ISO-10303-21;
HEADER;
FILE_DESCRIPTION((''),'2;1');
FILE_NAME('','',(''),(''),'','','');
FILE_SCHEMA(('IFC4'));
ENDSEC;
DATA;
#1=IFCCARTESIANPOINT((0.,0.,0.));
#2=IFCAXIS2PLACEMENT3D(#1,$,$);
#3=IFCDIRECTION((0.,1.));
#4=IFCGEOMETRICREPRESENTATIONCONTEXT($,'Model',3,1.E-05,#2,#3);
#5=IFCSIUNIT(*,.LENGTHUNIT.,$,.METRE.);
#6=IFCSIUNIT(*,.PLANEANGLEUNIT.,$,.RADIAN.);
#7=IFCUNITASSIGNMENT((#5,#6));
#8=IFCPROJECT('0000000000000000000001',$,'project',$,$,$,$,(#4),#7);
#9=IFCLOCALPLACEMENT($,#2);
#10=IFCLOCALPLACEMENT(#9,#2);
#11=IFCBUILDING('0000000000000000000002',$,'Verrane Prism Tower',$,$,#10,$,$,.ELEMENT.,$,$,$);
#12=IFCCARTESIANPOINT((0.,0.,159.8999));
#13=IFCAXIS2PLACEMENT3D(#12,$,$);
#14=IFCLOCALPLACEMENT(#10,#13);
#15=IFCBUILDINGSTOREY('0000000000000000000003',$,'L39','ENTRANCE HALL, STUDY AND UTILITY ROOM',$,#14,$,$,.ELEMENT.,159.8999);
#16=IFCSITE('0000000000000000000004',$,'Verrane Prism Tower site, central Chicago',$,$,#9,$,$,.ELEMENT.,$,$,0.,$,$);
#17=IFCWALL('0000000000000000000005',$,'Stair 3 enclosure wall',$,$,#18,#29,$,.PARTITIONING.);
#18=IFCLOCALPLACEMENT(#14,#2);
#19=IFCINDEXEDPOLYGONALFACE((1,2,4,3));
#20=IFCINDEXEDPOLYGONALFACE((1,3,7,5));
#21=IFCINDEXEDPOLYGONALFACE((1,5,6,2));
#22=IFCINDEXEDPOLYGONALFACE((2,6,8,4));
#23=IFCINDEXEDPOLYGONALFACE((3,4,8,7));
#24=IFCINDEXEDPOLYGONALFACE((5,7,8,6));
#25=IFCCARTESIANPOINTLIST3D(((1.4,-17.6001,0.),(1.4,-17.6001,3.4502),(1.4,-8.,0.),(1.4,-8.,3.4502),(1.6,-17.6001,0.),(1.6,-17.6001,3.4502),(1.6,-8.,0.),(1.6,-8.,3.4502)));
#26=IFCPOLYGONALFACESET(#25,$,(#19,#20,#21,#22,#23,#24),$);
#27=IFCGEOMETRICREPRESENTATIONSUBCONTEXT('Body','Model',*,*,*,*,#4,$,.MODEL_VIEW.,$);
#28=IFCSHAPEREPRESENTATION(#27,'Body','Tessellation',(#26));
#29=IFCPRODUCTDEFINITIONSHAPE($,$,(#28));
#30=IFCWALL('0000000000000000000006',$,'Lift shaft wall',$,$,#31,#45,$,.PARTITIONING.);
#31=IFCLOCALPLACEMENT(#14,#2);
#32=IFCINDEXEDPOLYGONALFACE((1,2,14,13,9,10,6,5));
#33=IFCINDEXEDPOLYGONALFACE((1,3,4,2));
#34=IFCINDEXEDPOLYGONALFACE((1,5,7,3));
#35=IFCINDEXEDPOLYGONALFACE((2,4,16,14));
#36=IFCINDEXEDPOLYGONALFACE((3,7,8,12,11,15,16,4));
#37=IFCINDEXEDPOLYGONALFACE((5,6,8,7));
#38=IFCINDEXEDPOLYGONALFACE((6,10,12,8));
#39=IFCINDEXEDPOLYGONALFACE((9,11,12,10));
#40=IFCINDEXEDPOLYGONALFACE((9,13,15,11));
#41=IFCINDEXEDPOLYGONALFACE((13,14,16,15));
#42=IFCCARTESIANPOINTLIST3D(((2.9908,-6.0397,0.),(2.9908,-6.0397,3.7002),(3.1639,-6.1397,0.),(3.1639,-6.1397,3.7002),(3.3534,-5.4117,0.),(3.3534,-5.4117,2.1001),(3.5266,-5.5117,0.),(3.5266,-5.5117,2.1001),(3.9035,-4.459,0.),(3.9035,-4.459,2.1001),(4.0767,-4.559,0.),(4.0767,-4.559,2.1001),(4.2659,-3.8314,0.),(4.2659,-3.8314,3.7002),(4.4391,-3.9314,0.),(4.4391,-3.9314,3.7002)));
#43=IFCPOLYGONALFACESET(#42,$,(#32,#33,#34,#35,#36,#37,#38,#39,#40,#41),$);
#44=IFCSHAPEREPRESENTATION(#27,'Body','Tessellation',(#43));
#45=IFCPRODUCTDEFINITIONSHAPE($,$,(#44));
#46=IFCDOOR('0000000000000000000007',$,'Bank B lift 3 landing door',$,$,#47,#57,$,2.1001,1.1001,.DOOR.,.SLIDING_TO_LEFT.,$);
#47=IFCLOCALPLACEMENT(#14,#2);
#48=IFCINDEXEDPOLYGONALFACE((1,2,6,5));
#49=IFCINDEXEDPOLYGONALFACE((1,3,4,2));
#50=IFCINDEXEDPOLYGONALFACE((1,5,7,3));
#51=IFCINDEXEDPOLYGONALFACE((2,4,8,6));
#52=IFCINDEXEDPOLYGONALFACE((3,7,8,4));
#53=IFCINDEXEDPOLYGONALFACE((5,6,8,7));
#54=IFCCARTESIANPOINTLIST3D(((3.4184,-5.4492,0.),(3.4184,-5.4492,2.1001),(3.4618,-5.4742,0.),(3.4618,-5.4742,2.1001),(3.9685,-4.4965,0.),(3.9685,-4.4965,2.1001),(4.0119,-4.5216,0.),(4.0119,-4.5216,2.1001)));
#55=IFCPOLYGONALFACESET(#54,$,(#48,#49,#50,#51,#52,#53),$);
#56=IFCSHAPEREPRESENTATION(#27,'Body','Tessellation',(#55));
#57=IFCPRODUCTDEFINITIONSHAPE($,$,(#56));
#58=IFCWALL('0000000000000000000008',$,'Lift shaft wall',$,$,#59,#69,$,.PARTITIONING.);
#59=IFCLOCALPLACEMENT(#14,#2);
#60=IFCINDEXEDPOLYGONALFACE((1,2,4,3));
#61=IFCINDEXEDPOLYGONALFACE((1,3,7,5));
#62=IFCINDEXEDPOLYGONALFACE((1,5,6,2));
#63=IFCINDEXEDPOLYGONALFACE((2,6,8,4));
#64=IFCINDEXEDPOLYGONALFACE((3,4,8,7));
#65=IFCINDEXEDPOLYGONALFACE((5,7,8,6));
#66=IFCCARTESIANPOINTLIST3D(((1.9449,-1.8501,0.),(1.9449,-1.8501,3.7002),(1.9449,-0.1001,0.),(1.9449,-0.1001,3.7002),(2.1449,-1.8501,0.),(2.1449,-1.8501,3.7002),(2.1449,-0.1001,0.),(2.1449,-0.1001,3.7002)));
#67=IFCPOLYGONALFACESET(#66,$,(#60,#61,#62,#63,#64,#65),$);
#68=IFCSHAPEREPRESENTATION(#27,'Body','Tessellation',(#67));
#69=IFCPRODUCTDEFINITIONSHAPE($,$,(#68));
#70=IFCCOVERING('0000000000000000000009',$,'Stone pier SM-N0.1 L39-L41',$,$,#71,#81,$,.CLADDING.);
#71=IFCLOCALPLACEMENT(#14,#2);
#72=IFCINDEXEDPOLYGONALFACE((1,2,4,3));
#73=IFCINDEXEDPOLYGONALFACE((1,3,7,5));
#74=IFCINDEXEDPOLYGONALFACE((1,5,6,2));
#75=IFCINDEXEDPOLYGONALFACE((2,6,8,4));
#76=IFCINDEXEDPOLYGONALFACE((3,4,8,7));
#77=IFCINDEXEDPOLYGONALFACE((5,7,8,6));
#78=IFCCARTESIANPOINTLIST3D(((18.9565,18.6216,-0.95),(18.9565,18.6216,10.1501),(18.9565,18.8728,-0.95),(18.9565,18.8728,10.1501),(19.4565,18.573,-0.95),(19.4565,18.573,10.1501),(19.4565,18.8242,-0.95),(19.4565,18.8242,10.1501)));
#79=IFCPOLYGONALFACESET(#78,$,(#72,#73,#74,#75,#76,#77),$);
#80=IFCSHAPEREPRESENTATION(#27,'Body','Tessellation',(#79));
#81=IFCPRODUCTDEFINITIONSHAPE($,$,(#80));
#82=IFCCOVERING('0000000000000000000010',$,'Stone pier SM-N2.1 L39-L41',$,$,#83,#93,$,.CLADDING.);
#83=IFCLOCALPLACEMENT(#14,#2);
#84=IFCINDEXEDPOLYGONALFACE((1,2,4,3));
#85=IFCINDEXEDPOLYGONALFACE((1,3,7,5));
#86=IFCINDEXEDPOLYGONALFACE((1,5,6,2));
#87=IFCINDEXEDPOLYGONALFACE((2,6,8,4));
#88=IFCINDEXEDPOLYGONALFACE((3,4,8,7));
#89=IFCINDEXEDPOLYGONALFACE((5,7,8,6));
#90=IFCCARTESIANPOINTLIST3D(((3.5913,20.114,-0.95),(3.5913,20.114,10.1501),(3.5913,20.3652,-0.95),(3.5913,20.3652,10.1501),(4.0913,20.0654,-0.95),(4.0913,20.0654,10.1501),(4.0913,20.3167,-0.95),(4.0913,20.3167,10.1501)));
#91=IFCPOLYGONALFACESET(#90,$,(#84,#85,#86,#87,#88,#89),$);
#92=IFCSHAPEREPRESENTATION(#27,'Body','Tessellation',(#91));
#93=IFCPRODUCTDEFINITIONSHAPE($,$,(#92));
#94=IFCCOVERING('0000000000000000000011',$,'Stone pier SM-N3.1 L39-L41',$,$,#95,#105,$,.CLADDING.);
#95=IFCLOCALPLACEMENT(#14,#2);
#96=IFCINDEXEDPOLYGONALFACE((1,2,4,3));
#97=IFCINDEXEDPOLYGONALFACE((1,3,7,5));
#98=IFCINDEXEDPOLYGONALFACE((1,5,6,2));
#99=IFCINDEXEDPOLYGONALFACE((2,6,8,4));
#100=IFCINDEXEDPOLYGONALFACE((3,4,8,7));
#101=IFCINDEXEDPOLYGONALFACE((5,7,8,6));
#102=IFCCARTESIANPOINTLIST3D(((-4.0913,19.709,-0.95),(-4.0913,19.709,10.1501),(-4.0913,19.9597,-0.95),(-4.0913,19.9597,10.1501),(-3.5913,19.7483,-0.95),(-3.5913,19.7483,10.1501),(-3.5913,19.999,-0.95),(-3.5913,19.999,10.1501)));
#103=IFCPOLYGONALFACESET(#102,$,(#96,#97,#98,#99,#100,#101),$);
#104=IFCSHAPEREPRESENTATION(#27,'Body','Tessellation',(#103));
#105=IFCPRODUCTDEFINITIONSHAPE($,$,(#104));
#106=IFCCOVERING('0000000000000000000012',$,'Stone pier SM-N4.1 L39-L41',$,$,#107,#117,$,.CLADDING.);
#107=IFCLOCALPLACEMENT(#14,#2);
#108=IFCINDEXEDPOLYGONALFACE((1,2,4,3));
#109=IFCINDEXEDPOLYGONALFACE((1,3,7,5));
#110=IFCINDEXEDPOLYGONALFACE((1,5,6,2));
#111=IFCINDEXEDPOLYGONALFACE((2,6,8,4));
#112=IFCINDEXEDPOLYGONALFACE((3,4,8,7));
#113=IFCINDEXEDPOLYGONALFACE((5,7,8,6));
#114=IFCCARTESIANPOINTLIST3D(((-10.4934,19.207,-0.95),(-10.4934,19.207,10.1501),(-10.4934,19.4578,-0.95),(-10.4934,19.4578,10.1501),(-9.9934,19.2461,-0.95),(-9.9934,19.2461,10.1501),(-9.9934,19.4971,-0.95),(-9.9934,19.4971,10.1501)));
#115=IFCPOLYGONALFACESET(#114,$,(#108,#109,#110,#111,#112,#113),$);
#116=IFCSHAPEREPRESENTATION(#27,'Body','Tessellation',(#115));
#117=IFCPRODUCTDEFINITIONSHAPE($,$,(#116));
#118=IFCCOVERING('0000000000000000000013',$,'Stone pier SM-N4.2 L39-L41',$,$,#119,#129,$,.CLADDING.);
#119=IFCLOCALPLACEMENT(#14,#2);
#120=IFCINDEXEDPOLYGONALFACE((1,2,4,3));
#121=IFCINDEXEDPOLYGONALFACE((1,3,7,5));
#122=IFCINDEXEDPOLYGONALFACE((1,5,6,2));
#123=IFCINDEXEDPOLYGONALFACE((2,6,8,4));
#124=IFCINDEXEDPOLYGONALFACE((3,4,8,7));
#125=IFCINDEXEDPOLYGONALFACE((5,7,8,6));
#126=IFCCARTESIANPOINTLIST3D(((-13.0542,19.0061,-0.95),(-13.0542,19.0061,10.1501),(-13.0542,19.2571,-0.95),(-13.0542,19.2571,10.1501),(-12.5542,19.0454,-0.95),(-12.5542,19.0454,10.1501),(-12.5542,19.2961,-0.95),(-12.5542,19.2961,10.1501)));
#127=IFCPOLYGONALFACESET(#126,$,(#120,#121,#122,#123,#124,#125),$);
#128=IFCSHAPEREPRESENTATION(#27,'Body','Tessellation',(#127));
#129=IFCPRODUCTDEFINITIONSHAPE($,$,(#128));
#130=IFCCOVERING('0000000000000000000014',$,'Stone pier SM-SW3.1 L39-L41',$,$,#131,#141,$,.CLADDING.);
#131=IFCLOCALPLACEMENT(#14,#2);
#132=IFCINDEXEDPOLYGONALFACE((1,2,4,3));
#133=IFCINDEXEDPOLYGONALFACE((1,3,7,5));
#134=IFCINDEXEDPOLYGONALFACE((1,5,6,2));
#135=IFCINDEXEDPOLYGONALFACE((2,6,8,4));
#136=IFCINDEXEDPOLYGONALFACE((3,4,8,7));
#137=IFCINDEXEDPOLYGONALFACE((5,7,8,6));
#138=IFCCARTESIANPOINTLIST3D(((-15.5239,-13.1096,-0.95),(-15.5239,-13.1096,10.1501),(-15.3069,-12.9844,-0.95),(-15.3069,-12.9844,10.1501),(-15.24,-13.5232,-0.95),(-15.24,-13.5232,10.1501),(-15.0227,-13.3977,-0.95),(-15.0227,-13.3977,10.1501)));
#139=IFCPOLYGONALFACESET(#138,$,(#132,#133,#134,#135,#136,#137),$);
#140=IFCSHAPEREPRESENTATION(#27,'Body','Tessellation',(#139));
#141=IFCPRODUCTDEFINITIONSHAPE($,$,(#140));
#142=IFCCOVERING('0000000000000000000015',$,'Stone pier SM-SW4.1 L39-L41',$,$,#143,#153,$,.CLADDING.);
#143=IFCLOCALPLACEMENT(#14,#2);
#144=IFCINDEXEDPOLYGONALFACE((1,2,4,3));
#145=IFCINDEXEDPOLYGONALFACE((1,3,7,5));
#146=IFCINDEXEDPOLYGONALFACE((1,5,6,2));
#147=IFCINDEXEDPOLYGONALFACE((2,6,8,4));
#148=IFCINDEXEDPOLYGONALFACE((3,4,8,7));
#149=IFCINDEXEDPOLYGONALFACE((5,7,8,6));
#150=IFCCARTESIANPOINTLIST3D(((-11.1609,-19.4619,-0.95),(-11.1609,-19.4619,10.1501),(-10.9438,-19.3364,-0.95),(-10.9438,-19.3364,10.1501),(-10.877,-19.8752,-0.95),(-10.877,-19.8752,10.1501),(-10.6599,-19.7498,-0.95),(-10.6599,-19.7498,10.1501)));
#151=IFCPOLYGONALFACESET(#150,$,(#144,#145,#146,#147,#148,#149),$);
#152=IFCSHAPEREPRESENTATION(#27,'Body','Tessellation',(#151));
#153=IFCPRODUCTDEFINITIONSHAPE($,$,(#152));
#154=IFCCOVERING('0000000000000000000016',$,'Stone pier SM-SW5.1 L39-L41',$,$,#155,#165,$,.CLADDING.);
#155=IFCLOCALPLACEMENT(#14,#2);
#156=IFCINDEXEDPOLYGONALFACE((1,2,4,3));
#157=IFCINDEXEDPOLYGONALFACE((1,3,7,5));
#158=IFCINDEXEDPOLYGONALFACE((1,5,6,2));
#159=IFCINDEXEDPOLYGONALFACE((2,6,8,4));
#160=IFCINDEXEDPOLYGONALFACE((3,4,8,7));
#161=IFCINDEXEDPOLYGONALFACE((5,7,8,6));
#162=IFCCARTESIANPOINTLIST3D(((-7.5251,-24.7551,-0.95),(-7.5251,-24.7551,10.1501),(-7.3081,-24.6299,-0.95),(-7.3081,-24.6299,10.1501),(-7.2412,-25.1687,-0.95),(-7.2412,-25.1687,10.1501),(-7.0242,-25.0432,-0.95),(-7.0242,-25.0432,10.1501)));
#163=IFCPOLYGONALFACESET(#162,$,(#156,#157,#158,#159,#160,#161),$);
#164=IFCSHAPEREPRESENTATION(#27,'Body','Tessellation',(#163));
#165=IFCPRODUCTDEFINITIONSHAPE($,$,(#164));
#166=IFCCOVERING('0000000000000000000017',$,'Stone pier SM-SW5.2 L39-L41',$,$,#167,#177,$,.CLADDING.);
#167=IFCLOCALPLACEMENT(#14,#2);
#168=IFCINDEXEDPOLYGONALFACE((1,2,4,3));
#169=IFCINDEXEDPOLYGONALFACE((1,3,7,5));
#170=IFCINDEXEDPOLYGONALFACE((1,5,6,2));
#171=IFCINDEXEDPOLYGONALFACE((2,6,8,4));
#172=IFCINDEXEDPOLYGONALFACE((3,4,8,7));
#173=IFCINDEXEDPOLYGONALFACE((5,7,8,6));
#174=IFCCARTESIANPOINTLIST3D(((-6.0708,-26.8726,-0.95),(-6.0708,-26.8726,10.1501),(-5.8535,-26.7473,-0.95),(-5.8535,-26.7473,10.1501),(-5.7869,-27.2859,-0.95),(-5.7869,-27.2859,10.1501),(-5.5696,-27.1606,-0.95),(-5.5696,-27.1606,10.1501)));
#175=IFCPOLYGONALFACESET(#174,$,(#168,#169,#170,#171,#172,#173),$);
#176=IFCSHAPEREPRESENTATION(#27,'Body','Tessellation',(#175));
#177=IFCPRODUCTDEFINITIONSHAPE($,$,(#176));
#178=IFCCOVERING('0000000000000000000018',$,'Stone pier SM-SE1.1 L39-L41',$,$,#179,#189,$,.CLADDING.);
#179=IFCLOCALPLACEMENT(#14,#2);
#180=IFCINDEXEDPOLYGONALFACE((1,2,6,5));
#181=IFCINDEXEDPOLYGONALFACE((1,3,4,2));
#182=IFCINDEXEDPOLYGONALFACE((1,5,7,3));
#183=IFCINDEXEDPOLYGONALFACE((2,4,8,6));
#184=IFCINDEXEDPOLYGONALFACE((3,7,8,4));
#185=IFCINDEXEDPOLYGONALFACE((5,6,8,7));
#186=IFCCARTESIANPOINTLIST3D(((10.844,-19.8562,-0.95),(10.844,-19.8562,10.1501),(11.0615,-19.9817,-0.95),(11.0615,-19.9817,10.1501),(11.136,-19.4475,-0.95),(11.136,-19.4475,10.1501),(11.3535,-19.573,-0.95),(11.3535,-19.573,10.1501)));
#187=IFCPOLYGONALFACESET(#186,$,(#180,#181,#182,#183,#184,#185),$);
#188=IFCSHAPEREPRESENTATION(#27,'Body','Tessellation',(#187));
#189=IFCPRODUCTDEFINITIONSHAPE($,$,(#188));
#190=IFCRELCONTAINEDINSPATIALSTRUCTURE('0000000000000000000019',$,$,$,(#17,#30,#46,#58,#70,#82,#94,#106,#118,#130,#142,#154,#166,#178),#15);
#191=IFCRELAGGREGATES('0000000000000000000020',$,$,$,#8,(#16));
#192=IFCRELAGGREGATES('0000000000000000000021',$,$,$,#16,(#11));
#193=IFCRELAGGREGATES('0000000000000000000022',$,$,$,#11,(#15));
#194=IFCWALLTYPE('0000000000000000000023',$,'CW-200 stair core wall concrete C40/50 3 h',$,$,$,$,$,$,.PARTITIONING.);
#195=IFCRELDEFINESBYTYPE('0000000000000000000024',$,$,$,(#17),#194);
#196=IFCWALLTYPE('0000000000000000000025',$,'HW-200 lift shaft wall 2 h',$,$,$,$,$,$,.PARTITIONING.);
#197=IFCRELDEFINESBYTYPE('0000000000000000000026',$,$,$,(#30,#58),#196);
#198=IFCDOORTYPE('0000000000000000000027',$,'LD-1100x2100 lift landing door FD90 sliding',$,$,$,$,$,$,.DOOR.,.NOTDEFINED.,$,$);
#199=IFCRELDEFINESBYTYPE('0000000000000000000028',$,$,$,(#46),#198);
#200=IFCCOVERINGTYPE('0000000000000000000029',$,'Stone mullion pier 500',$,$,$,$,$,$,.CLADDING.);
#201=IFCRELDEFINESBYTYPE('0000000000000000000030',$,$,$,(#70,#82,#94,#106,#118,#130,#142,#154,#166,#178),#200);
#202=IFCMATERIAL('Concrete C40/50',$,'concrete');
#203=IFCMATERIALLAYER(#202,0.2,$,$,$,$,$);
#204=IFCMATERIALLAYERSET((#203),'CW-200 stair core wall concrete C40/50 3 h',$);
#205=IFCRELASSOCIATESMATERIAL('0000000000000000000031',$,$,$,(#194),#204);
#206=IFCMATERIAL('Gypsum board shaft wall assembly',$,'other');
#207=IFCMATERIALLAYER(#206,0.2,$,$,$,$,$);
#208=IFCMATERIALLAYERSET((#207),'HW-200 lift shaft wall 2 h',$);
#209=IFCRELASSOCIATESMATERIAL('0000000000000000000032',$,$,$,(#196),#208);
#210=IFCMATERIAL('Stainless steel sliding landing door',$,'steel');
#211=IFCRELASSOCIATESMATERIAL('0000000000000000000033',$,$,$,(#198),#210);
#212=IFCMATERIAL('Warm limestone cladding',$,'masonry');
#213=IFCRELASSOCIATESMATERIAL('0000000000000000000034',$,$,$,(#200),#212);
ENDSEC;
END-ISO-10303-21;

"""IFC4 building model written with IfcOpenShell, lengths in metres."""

from ifc_helpers import new_model, si_unit, direction, frame, frame_2d, origin, place, context, subcontext, project, spatial, polyline, rectangle, outline, extrude, material, layer, layer_set, type_object, element, fill, save


model = new_model("IFC4")

# Units and contexts
model_context = context("Model", 3, precision=1e-05, world=origin(), true_north=direction((0.0, 1.0)))
body_context = subcontext(model_context, "Body", "Model", "MODEL_VIEW")
ifc_project = project(units=[si_unit("LENGTHUNIT", "METRE"), si_unit("PLANEANGLEUNIT", "RADIAN")], contexts=[model_context])

# Site, building, storey
site_placement = place(None, origin())
site = spatial("IfcSite", under=ifc_project, at=site_placement, Name="Verrane Prism Tower site, central Chicago", CompositionType="ELEMENT", RefElevation=0.0)
building_placement = place(site_placement, origin())
building = spatial("IfcBuilding", under=site, at=building_placement, Name="Verrane Prism Tower", CompositionType="ELEMENT")
storey_placement = place(building_placement, frame((0.0, 0.0, 159.8999)))
storey = spatial("IfcBuildingStorey", under=building, at=storey_placement, Name="L39", Description="ENTRANCE HALL, STUDY AND UTILITY ROOM", CompositionType="ELEMENT", Elevation=159.8999)

# Wall
ifc_material_1 = material(Name="Concrete C40/50", Category="concrete")
ifc_layer_1 = layer(ifc_material_1, 0.2)
ifc_layer_set_1 = layer_set([ifc_layer_1], Name="CW-200 stair core wall concrete C40/50 3 h")
wall_type_1 = type_object("IfcWallType", Name="CW-200 stair core wall concrete C40/50 3 h", PredefinedType="PARTITIONING", material=ifc_layer_set_1)
wall_1_placement = place(storey_placement, frame((1.5, -8.0, 0.0), z_axis=(0.0, 0.0, 1.0), x_axis=(0.0, -1.0, 0.0)))
element("IfcWall", 1, at=wall_1_placement, inside=storey, type_object=wall_type_1, Name="Stair 3 enclosure wall", PredefinedType="PARTITIONING", context=body_context, shape_type="SweptSolid", body=[
    extrude(rectangle(XDim=9.6001, YDim=0.2, at=frame_2d((4.8, 0.0))), origin(), (0.0, 0.0, 1.0), 3.4502),
])

# Wall, opening, door
ifc_material_2 = material(Name="Gypsum board shaft wall assembly", Category="other")
ifc_layer_2 = layer(ifc_material_2, 0.2)
ifc_layer_set_2 = layer_set([ifc_layer_2], Name="HW-200 lift shaft wall 2 h")
wall_type_2 = type_object("IfcWallType", Name="HW-200 lift shaft wall 2 h", PredefinedType="PARTITIONING", material=ifc_layer_set_2)
wall_2_placement = place(storey_placement, frame((3.0774, -6.0896, 0.0), z_axis=(0.0, 0.0, 1.0), x_axis=(0.500062, 0.865989, 0.0)))
wall_2 = element("IfcWall", 2, at=wall_2_placement, inside=storey, type_object=wall_type_2, Name="Lift shaft wall", PredefinedType="PARTITIONING", context=body_context, shape_type="SweptSolid", body=[
    extrude(rectangle(XDim=2.55, YDim=0.2, at=frame_2d((1.2749, 0.0))), origin(), (0.0, 0.0, 1.0), 3.7002),
])
opening_placement = place(wall_2_placement, frame((0.7251, 0.0, 0.0)))
opening = element("IfcOpeningElement", 3, at=opening_placement, cuts=wall_2, PredefinedType="OPENING", context=body_context, shape_type="SweptSolid", body=[
    extrude(rectangle(XDim=1.1001, YDim=2.1001, at=frame_2d((0.55, 1.05))), frame((0.0, 0.1099, 0.0), z_axis=(0.0, -1.0, 0.0), x_axis=(1.0, 0.0, 0.0)), (0.0, 0.0, 1.0), 0.22),
])
ifc_material_3 = material(Name="Stainless steel sliding landing door", Category="steel")
door_type = type_object("IfcDoorType", Name="LD-1100x2100 lift landing door FD90 sliding", OperationType="NOTDEFINED", PredefinedType="DOOR", material=ifc_material_3)
door_placement = place(opening_placement, origin())
door = element("IfcDoor", 4, at=door_placement, inside=storey, type_object=door_type, Name="Bank B lift 3 landing door", OperationType="SLIDING_TO_LEFT", OverallHeight=2.1001, OverallWidth=1.1001, PredefinedType="DOOR", context=body_context, shape_type="SweptSolid", body=[
    extrude(rectangle(XDim=1.1001, YDim=2.1001, at=frame_2d((0.55, 1.05))), frame((0.0, 0.0249, 0.0), z_axis=(0.0, -1.0, 0.0), x_axis=(1.0, 0.0, 0.0)), (0.0, 0.0, 1.0), 0.05),
])
fill(opening, door)

# Wall
wall_3_placement = place(storey_placement, frame((2.0449, -1.8501, 0.0), z_axis=(0.0, 0.0, 1.0), x_axis=(0.0, 1.0, 0.0)))
element("IfcWall", 5, at=wall_3_placement, inside=storey, type_object=wall_type_2, Name="Lift shaft wall", PredefinedType="PARTITIONING", context=body_context, shape_type="SweptSolid", body=[
    extrude(rectangle(XDim=1.75, YDim=0.2, at=frame_2d((0.875, 0.0))), origin(), (0.0, 0.0, 1.0), 3.7002),
])

# Coverings
ifc_material_4 = material(Name="Warm limestone cladding", Category="masonry")
covering_type_1 = type_object("IfcCoveringType", Name="Stone mullion pier 500", PredefinedType="CLADDING", material=ifc_material_4)
covering_1_placement = place(storey_placement, frame((0.0, 0.0, -0.95)))
element("IfcCovering", 6, at=covering_1_placement, inside=storey, type_object=covering_type_1, Name="Stone pier SM-N0.1 L39-L41", PredefinedType="CLADDING", context=body_context, shape_type="SweptSolid", body=[
    extrude(outline(polyline([(18.9565, 18.6216), (19.4565, 18.573), (19.4565, 18.8242), (18.9565, 18.8728), (18.9565, 18.6216)])), origin(), (0.0, 0.0, 1.0), 11.1001),
])
covering_2_placement = place(storey_placement, frame((0.0, 0.0, -0.95)))
element("IfcCovering", 7, at=covering_2_placement, inside=storey, type_object=covering_type_1, Name="Stone pier SM-N2.1 L39-L41", PredefinedType="CLADDING", context=body_context, shape_type="SweptSolid", body=[
    extrude(outline(polyline([(3.5913, 20.114), (4.0913, 20.0654), (4.0913, 20.3167), (3.5913, 20.3652), (3.5913, 20.114)])), origin(), (0.0, 0.0, 1.0), 11.1001),
])
covering_3_placement = place(storey_placement, frame((0.0, 0.0, -0.95)))
element("IfcCovering", 8, at=covering_3_placement, inside=storey, type_object=covering_type_1, Name="Stone pier SM-N3.1 L39-L41", PredefinedType="CLADDING", context=body_context, shape_type="SweptSolid", body=[
    extrude(outline(polyline([(-4.0913, 19.709), (-3.5913, 19.7483), (-3.5913, 19.999), (-4.0913, 19.9597), (-4.0913, 19.709)])), origin(), (0.0, 0.0, 1.0), 11.1001),
])
covering_4_placement = place(storey_placement, frame((0.0, 0.0, -0.95)))
element("IfcCovering", 9, at=covering_4_placement, inside=storey, type_object=covering_type_1, Name="Stone pier SM-N4.1 L39-L41", PredefinedType="CLADDING", context=body_context, shape_type="SweptSolid", body=[
    extrude(outline(polyline([(-10.4934, 19.207), (-9.9934, 19.2461), (-9.9934, 19.4971), (-10.4934, 19.4578), (-10.4934, 19.207)])), origin(), (0.0, 0.0, 1.0), 11.1001),
])
covering_5_placement = place(storey_placement, frame((0.0, 0.0, -0.95)))
element("IfcCovering", 10, at=covering_5_placement, inside=storey, type_object=covering_type_1, Name="Stone pier SM-N4.2 L39-L41", PredefinedType="CLADDING", context=body_context, shape_type="SweptSolid", body=[
    extrude(outline(polyline([(-13.0542, 19.0061), (-12.5542, 19.0454), (-12.5542, 19.2961), (-13.0542, 19.2571), (-13.0542, 19.0061)])), origin(), (0.0, 0.0, 1.0), 11.1001),
])
covering_6_placement = place(storey_placement, frame((0.0, 0.0, -0.95)))
element("IfcCovering", 11, at=covering_6_placement, inside=storey, type_object=covering_type_1, Name="Stone pier SM-SW3.1 L39-L41", PredefinedType="CLADDING", context=body_context, shape_type="SweptSolid", body=[
    extrude(outline(polyline([(-15.0227, -13.3977), (-15.3069, -12.9844), (-15.5239, -13.1096), (-15.24, -13.5232), (-15.0227, -13.3977)])), origin(), (0.0, 0.0, 1.0), 11.1001),
])
covering_7_placement = place(storey_placement, frame((0.0, 0.0, -0.95)))
element("IfcCovering", 12, at=covering_7_placement, inside=storey, type_object=covering_type_1, Name="Stone pier SM-SW4.1 L39-L41", PredefinedType="CLADDING", context=body_context, shape_type="SweptSolid", body=[
    extrude(outline(polyline([(-10.6599, -19.7498), (-10.9438, -19.3364), (-11.1609, -19.4619), (-10.877, -19.8752), (-10.6599, -19.7498)])), origin(), (0.0, 0.0, 1.0), 11.1001),
])
covering_8_placement = place(storey_placement, frame((0.0, 0.0, -0.95)))
element("IfcCovering", 13, at=covering_8_placement, inside=storey, type_object=covering_type_1, Name="Stone pier SM-SW5.1 L39-L41", PredefinedType="CLADDING", context=body_context, shape_type="SweptSolid", body=[
    extrude(outline(polyline([(-7.0242, -25.0432), (-7.3081, -24.6299), (-7.5251, -24.7551), (-7.2412, -25.1687), (-7.0242, -25.0432)])), origin(), (0.0, 0.0, 1.0), 11.1001),
])
covering_9_placement = place(storey_placement, frame((0.0, 0.0, -0.95)))
element("IfcCovering", 14, at=covering_9_placement, inside=storey, type_object=covering_type_1, Name="Stone pier SM-SW5.2 L39-L41", PredefinedType="CLADDING", context=body_context, shape_type="SweptSolid", body=[
    extrude(outline(polyline([(-5.5696, -27.1606), (-5.8535, -26.7473), (-6.0708, -26.8726), (-5.7869, -27.2859), (-5.5696, -27.1606)])), origin(), (0.0, 0.0, 1.0), 11.1001),
])
covering_10_placement = place(storey_placement, frame((0.0, 0.0, -0.95)))
element("IfcCovering", 15, at=covering_10_placement, inside=storey, type_object=covering_type_1, Name="Stone pier SM-SE1.1 L39-L41", PredefinedType="CLADDING", context=body_context, shape_type="SweptSolid", body=[
    extrude(outline(polyline([(11.136, -19.4475), (10.844, -19.8562), (11.0615, -19.9817), (11.3535, -19.573), (11.136, -19.4475)])), origin(), (0.0, 0.0, 1.0), 11.1001),
])

save(model, "model.ifc")
